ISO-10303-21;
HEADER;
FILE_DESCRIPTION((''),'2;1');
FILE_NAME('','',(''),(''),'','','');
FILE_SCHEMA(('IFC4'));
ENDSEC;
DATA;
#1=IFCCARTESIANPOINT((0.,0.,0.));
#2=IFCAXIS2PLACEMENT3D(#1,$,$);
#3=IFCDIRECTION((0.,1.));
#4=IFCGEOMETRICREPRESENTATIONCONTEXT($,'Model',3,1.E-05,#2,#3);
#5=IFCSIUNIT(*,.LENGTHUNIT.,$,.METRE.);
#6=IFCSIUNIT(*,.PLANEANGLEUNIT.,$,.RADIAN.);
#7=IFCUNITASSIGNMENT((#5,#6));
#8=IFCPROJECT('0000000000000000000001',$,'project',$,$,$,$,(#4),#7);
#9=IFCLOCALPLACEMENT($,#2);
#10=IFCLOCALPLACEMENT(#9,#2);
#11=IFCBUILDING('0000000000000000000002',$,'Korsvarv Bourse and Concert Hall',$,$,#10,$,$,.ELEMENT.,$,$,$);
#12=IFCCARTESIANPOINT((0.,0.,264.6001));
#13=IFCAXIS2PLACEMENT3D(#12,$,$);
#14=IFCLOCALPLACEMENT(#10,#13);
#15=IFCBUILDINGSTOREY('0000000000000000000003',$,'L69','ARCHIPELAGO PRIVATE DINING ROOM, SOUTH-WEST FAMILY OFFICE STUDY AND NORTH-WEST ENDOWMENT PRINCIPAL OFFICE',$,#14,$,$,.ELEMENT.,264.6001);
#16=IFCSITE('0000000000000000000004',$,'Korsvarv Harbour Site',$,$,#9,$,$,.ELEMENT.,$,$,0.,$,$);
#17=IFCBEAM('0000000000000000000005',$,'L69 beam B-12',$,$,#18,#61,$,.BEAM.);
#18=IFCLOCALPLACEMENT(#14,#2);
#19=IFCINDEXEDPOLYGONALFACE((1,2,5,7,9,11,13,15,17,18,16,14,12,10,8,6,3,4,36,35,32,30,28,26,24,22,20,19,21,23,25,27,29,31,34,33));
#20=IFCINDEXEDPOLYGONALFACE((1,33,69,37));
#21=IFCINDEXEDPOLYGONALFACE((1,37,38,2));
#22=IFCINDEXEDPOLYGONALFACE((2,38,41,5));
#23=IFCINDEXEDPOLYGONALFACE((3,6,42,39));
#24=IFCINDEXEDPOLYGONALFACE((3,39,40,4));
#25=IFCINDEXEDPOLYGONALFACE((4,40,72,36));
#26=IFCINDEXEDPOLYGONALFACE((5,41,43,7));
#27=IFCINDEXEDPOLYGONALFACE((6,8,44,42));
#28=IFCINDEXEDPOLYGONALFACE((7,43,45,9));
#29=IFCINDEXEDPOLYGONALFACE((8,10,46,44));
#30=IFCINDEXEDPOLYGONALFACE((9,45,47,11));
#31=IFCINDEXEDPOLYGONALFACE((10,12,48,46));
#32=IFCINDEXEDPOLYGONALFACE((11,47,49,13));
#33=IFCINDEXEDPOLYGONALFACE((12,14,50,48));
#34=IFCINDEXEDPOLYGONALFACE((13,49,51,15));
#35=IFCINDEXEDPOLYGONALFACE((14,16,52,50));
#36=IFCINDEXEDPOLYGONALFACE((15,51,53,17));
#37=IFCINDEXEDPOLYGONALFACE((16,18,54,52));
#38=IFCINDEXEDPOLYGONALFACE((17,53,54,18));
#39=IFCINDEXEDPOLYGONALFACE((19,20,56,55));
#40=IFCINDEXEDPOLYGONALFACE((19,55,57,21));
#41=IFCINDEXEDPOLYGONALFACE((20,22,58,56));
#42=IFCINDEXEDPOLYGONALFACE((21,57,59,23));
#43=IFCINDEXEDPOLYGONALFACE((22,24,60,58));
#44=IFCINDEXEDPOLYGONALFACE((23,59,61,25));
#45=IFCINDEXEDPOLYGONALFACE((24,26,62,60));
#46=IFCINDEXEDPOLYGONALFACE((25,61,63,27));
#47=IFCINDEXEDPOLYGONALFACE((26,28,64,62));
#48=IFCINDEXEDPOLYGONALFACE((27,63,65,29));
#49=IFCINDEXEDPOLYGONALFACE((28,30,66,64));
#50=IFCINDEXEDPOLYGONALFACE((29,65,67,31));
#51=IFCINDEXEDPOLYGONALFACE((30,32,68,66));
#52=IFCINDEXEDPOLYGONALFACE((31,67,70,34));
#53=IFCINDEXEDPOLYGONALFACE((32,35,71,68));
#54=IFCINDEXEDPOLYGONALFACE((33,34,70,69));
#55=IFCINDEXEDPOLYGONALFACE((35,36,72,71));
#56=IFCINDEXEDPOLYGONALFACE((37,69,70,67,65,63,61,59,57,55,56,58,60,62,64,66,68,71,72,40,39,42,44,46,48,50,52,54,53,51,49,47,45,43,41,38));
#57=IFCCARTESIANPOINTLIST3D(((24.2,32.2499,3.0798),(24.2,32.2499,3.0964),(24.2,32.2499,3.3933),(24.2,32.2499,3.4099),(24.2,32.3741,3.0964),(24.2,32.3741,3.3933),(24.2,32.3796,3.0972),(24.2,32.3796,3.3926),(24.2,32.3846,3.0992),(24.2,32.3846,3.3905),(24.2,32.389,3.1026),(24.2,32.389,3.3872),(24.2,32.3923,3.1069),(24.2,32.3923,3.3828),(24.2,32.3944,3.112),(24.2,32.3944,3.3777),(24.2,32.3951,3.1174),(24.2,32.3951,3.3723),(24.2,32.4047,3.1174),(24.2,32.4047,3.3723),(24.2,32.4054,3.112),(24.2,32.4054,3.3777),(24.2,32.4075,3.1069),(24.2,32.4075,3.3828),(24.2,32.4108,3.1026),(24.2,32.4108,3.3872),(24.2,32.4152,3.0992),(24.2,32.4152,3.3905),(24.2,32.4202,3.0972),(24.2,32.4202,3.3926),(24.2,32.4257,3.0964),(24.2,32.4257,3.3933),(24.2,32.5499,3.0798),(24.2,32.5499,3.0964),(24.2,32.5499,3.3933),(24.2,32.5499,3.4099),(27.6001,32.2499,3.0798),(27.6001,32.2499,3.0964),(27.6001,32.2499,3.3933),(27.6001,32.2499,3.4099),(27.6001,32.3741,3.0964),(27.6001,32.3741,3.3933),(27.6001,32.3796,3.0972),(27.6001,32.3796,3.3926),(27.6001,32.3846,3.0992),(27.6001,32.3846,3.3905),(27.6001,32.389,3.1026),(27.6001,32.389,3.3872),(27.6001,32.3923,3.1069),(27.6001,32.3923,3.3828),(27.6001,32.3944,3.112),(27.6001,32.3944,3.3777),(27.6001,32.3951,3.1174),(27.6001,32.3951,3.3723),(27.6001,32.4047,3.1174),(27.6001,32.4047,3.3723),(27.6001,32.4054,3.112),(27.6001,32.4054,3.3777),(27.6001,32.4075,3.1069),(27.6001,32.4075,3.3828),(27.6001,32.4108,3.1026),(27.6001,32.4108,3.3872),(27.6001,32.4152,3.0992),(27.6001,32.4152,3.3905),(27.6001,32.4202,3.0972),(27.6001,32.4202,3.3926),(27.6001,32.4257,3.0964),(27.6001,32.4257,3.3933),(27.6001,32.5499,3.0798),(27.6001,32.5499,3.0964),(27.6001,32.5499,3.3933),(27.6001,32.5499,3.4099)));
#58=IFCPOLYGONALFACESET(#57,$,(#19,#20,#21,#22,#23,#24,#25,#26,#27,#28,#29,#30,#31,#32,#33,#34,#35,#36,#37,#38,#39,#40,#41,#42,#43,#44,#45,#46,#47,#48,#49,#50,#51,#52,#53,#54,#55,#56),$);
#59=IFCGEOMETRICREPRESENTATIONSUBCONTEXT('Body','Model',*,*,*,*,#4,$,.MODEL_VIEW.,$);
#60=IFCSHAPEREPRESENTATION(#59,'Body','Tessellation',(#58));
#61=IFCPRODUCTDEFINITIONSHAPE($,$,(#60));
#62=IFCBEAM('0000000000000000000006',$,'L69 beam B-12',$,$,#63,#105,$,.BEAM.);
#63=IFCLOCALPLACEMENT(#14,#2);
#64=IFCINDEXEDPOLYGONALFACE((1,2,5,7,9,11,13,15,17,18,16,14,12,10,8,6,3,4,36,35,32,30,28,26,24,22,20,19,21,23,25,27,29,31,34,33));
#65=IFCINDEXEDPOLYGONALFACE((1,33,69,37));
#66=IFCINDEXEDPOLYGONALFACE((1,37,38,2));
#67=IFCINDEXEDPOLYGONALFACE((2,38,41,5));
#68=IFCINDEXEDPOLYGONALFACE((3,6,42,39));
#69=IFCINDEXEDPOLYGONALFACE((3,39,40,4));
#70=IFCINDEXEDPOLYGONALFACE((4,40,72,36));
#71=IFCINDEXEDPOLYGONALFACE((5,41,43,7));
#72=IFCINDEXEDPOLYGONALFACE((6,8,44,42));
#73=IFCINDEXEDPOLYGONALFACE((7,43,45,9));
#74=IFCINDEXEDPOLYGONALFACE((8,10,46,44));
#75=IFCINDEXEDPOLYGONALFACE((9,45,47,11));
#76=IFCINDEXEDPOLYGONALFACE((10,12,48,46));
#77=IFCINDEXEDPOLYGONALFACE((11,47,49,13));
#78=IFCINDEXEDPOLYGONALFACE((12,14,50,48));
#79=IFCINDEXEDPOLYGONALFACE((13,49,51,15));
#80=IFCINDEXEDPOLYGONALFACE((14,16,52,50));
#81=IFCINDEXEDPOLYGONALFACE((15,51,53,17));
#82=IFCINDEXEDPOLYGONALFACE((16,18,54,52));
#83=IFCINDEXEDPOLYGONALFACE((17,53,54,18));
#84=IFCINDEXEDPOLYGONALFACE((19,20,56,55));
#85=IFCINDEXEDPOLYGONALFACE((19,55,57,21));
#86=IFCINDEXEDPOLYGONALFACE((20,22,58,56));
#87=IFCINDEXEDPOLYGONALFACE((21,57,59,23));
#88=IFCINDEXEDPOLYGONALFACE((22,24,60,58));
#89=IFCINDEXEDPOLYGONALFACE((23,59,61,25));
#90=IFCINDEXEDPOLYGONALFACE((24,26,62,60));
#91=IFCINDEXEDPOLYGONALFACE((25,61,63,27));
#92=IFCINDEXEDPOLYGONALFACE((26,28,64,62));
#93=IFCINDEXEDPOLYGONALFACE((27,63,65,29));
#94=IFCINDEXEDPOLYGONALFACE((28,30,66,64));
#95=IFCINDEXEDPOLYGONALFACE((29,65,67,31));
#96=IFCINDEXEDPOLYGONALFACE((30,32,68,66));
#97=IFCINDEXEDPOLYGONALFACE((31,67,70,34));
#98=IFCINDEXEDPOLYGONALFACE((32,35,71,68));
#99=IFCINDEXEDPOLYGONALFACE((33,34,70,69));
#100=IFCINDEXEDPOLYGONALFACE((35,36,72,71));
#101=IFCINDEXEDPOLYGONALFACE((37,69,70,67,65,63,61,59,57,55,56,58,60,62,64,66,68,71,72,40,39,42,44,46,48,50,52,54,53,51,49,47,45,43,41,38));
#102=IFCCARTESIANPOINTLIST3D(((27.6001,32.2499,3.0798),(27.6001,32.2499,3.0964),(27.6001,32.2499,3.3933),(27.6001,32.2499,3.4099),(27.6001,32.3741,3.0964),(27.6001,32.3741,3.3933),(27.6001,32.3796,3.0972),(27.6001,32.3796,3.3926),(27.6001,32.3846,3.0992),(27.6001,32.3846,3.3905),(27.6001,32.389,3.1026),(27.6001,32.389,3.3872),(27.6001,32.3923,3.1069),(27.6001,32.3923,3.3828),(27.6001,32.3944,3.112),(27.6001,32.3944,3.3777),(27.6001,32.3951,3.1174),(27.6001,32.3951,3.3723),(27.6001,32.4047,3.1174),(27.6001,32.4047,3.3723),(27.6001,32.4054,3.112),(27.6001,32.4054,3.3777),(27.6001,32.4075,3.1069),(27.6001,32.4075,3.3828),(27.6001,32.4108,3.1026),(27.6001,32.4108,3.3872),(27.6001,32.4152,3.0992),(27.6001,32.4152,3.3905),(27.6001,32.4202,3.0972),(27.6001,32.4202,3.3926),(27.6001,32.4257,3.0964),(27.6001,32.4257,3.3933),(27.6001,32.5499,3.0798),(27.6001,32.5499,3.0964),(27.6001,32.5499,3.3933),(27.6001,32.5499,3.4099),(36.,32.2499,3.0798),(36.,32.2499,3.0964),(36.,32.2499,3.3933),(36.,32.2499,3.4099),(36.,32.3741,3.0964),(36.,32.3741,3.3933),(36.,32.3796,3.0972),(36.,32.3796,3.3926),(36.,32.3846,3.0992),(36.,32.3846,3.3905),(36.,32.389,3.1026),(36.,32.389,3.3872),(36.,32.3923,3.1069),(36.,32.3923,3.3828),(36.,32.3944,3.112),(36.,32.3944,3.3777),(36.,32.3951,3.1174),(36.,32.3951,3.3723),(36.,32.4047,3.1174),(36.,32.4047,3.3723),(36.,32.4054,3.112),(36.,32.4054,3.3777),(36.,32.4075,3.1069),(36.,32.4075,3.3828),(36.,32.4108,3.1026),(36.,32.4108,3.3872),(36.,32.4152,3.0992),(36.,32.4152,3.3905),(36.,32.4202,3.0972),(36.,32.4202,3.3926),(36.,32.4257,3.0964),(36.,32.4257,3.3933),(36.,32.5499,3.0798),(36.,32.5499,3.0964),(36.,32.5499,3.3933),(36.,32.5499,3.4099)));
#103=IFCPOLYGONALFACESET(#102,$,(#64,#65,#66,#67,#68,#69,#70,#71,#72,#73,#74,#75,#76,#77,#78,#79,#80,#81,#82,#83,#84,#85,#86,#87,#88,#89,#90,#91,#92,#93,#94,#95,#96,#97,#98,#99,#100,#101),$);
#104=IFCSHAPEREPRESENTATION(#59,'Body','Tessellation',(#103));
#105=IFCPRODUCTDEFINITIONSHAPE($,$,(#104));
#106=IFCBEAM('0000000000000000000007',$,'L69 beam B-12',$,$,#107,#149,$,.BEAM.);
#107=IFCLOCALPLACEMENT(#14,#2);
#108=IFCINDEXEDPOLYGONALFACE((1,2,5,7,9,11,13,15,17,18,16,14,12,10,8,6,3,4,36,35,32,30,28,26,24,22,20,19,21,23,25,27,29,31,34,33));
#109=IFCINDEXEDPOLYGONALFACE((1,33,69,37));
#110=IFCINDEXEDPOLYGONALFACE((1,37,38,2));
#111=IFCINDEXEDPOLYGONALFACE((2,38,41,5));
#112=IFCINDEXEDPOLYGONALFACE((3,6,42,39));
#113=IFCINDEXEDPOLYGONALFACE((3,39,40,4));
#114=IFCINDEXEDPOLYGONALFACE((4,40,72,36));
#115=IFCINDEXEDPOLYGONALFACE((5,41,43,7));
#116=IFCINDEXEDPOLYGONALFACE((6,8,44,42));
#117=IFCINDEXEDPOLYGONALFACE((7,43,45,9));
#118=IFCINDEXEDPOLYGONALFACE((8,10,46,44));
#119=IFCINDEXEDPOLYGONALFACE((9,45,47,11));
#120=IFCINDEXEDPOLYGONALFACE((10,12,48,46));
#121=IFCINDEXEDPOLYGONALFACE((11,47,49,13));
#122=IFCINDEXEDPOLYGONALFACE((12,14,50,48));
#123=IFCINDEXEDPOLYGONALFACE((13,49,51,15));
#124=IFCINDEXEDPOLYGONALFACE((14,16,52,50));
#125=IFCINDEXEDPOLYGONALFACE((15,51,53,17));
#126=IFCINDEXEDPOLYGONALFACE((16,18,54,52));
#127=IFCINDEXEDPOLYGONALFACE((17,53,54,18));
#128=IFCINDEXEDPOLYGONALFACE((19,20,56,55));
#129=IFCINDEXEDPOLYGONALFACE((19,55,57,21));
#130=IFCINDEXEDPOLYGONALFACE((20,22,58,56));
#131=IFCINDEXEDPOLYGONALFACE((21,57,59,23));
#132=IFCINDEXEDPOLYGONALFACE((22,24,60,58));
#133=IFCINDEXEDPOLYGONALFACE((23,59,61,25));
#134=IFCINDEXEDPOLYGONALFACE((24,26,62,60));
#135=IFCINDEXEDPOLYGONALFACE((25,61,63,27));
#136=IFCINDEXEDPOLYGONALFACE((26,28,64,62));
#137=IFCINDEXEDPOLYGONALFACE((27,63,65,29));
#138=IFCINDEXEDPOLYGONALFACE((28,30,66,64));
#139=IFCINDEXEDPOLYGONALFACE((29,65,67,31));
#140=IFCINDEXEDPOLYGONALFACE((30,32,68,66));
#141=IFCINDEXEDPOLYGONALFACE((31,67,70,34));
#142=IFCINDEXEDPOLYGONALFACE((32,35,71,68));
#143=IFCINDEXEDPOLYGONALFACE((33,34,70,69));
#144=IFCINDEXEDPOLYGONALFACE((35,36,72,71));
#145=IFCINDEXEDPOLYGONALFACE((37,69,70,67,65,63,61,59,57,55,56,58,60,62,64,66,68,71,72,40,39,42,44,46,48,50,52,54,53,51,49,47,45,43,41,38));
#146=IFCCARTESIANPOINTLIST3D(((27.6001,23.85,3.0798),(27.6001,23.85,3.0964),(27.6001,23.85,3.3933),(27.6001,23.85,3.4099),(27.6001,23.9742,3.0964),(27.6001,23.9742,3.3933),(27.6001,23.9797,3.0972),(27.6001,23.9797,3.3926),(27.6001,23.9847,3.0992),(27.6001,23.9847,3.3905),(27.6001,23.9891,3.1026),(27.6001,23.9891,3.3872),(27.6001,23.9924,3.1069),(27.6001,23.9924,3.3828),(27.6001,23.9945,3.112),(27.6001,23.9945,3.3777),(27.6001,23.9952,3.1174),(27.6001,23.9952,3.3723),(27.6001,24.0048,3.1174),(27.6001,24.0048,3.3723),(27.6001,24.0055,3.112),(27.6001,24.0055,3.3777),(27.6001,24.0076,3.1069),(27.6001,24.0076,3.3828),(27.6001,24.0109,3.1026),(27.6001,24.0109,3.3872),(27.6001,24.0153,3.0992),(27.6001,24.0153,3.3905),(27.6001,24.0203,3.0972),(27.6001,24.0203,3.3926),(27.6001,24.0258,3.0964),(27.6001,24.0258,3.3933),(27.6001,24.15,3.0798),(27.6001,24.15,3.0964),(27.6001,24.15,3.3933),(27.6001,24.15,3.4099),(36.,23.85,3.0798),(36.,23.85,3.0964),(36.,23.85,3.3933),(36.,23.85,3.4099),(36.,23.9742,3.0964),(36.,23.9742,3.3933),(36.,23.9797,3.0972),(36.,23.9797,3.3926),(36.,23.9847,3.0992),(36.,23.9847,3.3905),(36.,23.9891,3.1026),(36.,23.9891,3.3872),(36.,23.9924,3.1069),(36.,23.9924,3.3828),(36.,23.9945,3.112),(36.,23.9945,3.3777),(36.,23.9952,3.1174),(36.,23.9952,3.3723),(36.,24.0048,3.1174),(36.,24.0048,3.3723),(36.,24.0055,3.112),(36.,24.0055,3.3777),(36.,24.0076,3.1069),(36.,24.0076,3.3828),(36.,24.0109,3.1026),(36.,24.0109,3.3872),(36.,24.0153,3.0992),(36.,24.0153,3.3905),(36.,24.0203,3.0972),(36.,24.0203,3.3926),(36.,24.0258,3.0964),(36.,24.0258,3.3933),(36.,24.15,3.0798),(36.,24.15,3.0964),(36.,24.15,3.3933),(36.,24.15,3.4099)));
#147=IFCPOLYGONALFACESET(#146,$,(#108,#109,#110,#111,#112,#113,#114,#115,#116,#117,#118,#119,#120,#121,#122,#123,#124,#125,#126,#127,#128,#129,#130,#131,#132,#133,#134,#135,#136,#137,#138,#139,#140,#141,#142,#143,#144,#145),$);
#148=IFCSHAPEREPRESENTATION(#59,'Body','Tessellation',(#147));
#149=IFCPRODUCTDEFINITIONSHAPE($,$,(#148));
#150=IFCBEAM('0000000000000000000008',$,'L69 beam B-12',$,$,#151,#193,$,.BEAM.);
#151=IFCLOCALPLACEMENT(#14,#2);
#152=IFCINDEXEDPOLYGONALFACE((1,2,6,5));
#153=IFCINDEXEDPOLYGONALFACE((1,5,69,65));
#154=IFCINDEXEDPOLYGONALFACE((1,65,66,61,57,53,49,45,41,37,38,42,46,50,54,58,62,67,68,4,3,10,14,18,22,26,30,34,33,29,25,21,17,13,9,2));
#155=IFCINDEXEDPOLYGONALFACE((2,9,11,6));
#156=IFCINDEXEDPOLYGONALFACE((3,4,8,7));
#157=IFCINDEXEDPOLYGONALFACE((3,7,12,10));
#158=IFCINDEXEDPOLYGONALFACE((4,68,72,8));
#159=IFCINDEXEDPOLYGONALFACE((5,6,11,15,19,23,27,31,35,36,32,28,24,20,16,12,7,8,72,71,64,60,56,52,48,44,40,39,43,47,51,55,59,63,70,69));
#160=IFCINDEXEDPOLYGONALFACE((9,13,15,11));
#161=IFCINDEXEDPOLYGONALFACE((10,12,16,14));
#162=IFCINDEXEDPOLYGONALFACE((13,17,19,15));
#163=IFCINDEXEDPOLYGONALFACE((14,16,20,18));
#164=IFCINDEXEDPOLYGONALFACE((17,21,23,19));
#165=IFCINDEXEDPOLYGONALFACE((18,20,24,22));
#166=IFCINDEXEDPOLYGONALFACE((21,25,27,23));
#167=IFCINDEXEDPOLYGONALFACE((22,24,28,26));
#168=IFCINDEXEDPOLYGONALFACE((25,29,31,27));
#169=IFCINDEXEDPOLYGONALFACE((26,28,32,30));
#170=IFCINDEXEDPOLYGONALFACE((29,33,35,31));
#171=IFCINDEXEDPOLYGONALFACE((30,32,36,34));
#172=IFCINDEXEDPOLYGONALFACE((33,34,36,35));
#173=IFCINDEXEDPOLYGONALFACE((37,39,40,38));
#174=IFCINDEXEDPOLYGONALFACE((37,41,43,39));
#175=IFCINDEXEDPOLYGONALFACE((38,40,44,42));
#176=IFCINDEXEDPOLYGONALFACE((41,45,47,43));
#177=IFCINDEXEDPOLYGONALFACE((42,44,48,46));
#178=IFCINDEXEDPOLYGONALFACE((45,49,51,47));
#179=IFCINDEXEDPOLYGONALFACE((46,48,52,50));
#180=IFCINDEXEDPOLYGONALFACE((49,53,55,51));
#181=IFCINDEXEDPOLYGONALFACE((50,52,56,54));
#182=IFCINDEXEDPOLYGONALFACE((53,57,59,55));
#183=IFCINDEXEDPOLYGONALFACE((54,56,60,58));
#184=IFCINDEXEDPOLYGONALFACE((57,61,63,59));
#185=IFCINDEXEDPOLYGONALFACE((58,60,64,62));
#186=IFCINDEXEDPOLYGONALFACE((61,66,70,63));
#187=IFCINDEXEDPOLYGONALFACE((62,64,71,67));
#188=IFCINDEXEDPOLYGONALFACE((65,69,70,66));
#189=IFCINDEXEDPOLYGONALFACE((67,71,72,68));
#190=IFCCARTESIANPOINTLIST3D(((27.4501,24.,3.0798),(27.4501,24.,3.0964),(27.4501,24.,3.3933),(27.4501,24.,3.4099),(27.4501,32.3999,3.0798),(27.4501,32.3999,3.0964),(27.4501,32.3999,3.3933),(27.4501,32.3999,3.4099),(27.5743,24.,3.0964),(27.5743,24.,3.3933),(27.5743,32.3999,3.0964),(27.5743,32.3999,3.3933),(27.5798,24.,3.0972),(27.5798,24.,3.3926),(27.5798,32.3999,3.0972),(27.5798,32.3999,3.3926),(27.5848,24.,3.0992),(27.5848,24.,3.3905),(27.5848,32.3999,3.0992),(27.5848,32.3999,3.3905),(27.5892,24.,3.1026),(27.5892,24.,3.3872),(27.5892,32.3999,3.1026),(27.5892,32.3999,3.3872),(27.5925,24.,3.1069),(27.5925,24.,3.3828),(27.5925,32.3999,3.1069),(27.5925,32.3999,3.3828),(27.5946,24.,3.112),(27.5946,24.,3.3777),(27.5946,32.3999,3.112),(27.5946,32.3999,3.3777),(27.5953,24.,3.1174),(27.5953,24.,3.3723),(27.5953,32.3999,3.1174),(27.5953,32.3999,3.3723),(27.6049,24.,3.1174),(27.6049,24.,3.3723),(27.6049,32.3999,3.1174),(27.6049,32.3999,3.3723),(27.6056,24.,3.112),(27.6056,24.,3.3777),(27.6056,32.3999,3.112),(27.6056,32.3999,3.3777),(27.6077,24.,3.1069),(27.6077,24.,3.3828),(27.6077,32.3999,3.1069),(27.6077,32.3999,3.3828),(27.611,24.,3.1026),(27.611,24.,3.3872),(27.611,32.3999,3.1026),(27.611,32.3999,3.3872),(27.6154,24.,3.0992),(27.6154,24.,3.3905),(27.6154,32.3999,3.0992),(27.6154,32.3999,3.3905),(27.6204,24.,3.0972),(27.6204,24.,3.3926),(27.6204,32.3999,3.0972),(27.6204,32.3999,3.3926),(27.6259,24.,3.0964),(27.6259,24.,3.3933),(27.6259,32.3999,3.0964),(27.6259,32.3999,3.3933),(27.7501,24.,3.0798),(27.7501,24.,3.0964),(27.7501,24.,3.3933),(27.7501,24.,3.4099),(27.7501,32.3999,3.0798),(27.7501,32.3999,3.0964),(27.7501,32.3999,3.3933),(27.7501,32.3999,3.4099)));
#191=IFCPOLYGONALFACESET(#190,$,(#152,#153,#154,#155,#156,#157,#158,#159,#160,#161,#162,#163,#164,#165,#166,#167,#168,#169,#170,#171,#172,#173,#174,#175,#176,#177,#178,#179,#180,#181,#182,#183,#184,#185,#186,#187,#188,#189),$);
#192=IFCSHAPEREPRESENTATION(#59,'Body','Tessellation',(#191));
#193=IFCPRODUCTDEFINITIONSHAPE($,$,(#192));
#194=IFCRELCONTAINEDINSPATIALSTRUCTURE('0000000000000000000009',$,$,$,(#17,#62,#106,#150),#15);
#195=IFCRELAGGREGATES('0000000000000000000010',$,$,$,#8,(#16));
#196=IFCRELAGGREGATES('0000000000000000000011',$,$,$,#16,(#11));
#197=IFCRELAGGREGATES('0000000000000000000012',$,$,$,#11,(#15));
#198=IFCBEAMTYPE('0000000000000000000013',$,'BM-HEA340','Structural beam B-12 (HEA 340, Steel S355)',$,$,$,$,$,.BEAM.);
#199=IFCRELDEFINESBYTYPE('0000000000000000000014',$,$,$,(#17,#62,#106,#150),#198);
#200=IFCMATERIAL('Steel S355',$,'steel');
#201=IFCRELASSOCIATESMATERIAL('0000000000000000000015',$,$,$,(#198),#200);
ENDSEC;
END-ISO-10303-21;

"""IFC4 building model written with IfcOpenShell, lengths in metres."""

from ifc_helpers import new_model, si_unit, direction, frame, origin, origin_2d, place, context, subcontext, project, spatial, i_section, extrude, source, transform, mapped, material, material_profile, profile_set, type_object, element, save


model = new_model("IFC4")

# Units and contexts
model_context = context("Model", 3, precision=1e-05, world=origin(), true_north=direction((0.0, 1.0)))
body_context = subcontext(model_context, "Body", "Model", "MODEL_VIEW")
ifc_project = project(units=[si_unit("LENGTHUNIT", "METRE"), si_unit("PLANEANGLEUNIT", "RADIAN")], contexts=[model_context])

# Site, building, storey
site_placement = place(None, origin())
site = spatial("IfcSite", under=ifc_project, at=site_placement, Name="Korsvarv Harbour Site", CompositionType="ELEMENT", RefElevation=0.0)
building_placement = place(site_placement, origin())
building = spatial("IfcBuilding", under=site, at=building_placement, Name="Korsvarv Bourse and Concert Hall", CompositionType="ELEMENT")
storey_placement = place(building_placement, frame((0.0, 0.0, 264.6001)))
storey = spatial("IfcBuildingStorey", under=building, at=storey_placement, Name="L69", Description="ARCHIPELAGO PRIVATE DINING ROOM, SOUTH-WEST FAMILY OFFICE STUDY AND NORTH-WEST ENDOWMENT PRINCIPAL OFFICE", CompositionType="ELEMENT", Elevation=264.6001)

# Shared definitions
ifc_material_1 = material(Name="Steel S355", Category="steel")

# Beams
ifc_material_profile_1 = material_profile(ifc_material_1, i_section(OverallWidth=0.3, OverallDepth=0.3301, WebThickness=0.0095, FlangeThickness=0.0166, FilletRadius=0.021, at=origin_2d()), Name="HEA 340")
ifc_profile_set_1 = profile_set([ifc_material_profile_1], Name="Steel S355")
beam_type_1 = type_object("IfcBeamType", Name="BM-HEA340", Description="Structural beam B-12 (HEA 340, Steel S355)", PredefinedType="BEAM", material=ifc_profile_set_1)
shared_shape_1 = source(origin(), body_context, "Body", "SweptSolid", [
    extrude(i_section(OverallWidth=0.3, OverallDepth=0.3301, WebThickness=0.0095, FlangeThickness=0.0166, FilletRadius=0.021, at=origin_2d()), origin(), (0.0, 0.0, 1.0), 3.4001),
])
beam_1_placement = place(storey_placement, frame((24.2, 32.3999, 3.2449), z_axis=(1.0, 0.0, 0.0), x_axis=(0.0, 1.0, 0.0)))
element("IfcBeam", 1, at=beam_1_placement, inside=storey, type_object=beam_type_1, Name="L69 beam B-12", PredefinedType="BEAM", context=body_context, shape_type="MappedRepresentation", body=[
    mapped(shared_shape_1, transform((0.0, 0.0, 0.0), scale=1.0)),
])
shared_shape_2 = source(origin(), body_context, "Body", "SweptSolid", [
    extrude(i_section(OverallWidth=0.3, OverallDepth=0.3301, WebThickness=0.0095, FlangeThickness=0.0166, FilletRadius=0.021, at=origin_2d()), origin(), (0.0, 0.0, 1.0), 8.3999),
])
for number, where, z_axis, x_axis, name in (
    (2, (27.6001, 32.3999, 3.2449), (1.0, 0.0, 0.0), (0.0, 1.0, 0.0), "L69 beam B-12"),
    (3, (27.6001, 24.0, 3.2449), (1.0, 0.0, 0.0), (0.0, 1.0, 0.0), "L69 beam B-12"),
    (4, (27.6001, 24.0, 3.2449), (0.0, 1.0, 0.0), (-1.0, 0.0, 0.0), "L69 beam B-12"),
):
    element("IfcBeam", number, at=place(storey_placement, frame(where, z_axis=z_axis, x_axis=x_axis)), inside=storey, type_object=beam_type_1, Name=name, PredefinedType="BEAM", context=body_context, shape_type="MappedRepresentation", body=[
        mapped(shared_shape_2, transform((0.0, 0.0, 0.0), scale=1.0)),
    ])

save(model, "model.ifc")
